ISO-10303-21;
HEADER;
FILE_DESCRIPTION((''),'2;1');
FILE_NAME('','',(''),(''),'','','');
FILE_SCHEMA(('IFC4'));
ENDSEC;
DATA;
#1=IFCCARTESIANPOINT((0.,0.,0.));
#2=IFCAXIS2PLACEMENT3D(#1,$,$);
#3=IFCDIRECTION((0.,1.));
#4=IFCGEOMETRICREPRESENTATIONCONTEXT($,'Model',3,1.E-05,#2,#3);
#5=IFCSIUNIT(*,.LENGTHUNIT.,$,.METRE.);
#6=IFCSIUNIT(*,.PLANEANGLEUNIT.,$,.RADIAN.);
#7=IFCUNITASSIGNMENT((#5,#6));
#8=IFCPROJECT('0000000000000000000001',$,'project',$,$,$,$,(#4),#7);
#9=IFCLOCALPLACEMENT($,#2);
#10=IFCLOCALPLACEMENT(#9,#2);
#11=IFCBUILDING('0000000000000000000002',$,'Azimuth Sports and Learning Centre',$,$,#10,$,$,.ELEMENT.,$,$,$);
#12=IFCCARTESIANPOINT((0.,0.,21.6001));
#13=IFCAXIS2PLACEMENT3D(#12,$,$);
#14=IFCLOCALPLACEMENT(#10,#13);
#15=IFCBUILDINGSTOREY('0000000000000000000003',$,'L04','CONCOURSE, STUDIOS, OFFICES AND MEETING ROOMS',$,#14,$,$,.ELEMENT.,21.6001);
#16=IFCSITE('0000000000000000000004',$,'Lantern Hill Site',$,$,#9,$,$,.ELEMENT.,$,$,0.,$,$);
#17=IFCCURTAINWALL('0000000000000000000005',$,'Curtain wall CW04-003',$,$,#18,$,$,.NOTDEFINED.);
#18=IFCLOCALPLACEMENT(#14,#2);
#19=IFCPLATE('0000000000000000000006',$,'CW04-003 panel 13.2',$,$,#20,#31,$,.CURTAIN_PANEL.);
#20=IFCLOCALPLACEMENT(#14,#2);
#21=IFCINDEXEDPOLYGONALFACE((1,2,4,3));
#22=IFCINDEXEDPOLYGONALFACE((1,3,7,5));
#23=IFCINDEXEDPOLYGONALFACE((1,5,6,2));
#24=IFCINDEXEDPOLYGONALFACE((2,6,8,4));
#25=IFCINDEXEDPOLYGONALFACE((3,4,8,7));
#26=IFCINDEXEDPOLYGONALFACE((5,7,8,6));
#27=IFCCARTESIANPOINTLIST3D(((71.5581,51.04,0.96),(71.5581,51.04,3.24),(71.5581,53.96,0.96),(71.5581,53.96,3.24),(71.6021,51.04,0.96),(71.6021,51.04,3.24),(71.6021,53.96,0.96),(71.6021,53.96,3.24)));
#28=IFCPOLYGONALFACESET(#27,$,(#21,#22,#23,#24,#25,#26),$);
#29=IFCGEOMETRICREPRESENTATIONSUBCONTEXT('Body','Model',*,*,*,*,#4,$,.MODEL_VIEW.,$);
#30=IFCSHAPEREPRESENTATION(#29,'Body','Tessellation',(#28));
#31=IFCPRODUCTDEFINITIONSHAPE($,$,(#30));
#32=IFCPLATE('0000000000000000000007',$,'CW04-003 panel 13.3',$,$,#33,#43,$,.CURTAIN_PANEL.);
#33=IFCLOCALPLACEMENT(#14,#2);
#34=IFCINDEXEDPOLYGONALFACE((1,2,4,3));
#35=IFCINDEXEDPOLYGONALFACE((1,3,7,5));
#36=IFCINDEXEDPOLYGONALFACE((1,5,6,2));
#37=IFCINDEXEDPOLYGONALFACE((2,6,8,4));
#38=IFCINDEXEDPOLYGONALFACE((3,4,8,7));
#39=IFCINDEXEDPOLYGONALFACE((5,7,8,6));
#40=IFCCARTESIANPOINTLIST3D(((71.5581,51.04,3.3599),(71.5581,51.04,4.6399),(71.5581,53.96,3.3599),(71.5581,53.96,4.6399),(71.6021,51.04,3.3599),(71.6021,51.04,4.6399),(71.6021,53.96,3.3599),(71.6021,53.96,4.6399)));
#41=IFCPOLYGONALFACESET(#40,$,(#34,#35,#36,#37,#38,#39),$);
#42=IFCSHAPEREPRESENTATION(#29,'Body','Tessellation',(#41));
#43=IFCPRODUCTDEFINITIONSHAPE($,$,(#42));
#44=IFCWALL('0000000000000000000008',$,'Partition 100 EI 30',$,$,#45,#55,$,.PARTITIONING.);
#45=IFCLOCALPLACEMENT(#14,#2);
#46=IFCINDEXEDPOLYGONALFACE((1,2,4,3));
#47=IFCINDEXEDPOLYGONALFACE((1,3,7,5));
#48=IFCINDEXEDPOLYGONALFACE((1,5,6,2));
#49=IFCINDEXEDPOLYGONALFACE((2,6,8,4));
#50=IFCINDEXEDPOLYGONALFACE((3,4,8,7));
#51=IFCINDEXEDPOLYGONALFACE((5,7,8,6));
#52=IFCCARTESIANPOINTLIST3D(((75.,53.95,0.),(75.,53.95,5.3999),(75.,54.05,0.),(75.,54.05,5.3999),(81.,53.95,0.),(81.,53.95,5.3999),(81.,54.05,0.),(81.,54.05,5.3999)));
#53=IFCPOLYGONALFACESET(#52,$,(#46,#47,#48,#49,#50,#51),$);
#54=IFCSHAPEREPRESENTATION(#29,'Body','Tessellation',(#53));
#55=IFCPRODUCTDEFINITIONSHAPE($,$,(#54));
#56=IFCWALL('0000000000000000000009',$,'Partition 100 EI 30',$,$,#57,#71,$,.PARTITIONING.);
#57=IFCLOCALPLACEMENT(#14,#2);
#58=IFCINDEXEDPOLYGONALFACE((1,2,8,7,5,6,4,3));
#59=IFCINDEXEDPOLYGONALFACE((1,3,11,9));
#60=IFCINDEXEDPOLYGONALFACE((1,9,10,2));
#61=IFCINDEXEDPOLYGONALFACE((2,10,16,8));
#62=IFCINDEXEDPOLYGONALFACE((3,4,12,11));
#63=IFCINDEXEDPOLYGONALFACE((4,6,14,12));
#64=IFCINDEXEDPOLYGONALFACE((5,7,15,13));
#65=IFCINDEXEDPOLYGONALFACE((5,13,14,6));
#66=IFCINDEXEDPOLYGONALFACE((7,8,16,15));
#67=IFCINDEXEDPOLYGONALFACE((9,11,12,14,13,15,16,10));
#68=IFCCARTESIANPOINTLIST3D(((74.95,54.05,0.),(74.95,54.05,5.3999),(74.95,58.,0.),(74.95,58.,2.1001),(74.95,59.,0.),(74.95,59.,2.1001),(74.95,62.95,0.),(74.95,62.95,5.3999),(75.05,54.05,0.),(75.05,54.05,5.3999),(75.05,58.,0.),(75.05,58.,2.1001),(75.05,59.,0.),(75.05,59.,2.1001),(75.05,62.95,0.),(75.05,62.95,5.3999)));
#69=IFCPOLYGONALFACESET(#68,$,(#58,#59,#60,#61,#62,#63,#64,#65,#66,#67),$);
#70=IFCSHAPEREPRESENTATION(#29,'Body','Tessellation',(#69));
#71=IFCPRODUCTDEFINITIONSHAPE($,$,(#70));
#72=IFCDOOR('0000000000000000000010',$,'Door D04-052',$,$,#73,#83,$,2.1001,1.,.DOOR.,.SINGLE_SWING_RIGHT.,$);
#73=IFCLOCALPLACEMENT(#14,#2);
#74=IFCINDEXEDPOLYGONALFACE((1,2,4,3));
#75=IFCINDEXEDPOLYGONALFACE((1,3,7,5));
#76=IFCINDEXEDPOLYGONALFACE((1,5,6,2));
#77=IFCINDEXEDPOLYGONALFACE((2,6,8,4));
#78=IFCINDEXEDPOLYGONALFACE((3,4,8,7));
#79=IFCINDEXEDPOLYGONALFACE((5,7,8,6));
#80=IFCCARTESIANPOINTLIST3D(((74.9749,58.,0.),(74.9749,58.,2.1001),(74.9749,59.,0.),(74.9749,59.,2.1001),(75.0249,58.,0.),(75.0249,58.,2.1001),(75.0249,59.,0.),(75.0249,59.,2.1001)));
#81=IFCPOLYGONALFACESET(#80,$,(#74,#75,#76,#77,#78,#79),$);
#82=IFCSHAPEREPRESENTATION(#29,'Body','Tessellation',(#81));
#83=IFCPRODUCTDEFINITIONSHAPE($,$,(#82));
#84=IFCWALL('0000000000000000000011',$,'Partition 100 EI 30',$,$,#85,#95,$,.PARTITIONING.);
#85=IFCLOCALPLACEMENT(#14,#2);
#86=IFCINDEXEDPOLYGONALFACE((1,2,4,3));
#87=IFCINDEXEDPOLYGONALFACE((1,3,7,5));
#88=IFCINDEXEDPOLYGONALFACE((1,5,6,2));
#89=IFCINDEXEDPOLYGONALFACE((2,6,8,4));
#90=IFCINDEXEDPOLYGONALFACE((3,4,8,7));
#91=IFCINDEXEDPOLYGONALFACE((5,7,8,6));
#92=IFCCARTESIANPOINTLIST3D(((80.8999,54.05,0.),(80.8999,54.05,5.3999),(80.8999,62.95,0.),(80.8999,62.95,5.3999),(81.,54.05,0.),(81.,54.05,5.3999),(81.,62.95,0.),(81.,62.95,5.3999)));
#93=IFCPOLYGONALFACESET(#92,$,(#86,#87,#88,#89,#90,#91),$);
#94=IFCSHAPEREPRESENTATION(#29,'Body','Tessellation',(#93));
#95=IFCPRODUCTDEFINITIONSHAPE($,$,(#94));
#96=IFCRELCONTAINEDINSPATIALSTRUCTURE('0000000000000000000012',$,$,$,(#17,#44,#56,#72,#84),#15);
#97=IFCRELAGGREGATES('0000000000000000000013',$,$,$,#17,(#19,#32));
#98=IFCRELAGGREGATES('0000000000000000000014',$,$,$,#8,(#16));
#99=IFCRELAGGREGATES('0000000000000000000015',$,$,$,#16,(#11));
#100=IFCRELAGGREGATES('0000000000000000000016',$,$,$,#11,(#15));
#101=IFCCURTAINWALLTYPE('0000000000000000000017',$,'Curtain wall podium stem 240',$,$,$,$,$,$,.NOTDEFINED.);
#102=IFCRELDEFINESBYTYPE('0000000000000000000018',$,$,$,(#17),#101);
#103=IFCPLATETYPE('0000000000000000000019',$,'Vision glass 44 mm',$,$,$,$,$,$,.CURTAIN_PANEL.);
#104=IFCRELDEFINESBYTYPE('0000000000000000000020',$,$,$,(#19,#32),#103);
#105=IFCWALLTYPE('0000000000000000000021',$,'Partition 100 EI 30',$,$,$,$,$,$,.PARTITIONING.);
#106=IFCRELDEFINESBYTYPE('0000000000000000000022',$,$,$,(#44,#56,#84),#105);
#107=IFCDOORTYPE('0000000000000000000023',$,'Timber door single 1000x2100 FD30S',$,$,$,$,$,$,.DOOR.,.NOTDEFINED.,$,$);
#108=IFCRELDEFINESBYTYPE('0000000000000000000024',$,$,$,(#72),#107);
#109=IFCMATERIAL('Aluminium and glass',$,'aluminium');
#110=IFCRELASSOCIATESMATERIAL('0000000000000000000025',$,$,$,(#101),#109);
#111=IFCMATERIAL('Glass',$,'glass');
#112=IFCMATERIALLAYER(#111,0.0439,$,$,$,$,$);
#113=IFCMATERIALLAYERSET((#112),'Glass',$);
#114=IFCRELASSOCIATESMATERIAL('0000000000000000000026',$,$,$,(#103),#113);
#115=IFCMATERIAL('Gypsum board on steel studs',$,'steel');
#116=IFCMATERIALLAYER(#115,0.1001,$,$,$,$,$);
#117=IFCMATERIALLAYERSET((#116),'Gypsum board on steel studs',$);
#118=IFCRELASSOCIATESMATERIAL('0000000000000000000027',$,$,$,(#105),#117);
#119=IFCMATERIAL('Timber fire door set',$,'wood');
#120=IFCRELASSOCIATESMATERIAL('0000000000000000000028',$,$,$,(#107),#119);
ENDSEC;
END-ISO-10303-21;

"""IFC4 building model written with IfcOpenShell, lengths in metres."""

from ifc_helpers import new_model, si_unit, direction, frame, frame_2d, origin, origin_2d, place, context, subcontext, project, spatial, rectangle, extrude, material, layer, layer_set, type_object, element, fill, aggregate, save


model = new_model("IFC4")

# Units and contexts
model_context = context("Model", 3, precision=1e-05, world=origin(), true_north=direction((0.0, 1.0)))
body_context = subcontext(model_context, "Body", "Model", "MODEL_VIEW")
ifc_project = project(units=[si_unit("LENGTHUNIT", "METRE"), si_unit("PLANEANGLEUNIT", "RADIAN")], contexts=[model_context])

# Site, building, storey
site_placement = place(None, origin())
site = spatial("IfcSite", under=ifc_project, at=site_placement, Name="Lantern Hill Site", CompositionType="ELEMENT", RefElevation=0.0)
building_placement = place(site_placement, origin())
building = spatial("IfcBuilding", under=site, at=building_placement, Name="Azimuth Sports and Learning Centre", CompositionType="ELEMENT")
storey_placement = place(building_placement, frame((0.0, 0.0, 21.6001)))
storey = spatial("IfcBuildingStorey", under=building, at=storey_placement, Name="L04", Description="CONCOURSE, STUDIOS, OFFICES AND MEETING ROOMS", CompositionType="ELEMENT", Elevation=21.6001)

# Curtain wall, plates
ifc_material_1 = material(Name="Aluminium and glass", Category="aluminium")
curtain_wall_type = type_object("IfcCurtainWallType", Name="Curtain wall podium stem 240", PredefinedType="NOTDEFINED", material=ifc_material_1)
curtain_wall_placement = place(storey_placement, origin())
curtain_wall = element("IfcCurtainWall", 1, at=curtain_wall_placement, inside=storey, type_object=curtain_wall_type, Name="Curtain wall CW04-003", PredefinedType="NOTDEFINED")
ifc_material_2 = material(Name="Glass", Category="glass")
ifc_layer_1 = layer(ifc_material_2, 0.0439)
ifc_layer_set_1 = layer_set([ifc_layer_1], Name="Glass")
plate_type_1 = type_object("IfcPlateType", Name="Vision glass 44 mm", PredefinedType="CURTAIN_PANEL", material=ifc_layer_set_1)
plate_1_placement = place(storey_placement, frame((71.5801, 52.5, 0.96), z_axis=(0.0, 0.0, 1.0), x_axis=(0.0, -1.0, 0.0)))
plate_1 = element("IfcPlate", 2, at=plate_1_placement, type_object=plate_type_1, Name="CW04-003 panel 13.2", PredefinedType="CURTAIN_PANEL", context=body_context, shape_type="SweptSolid", body=[
    extrude(rectangle(XDim=2.9199, YDim=0.0439, at=origin_2d()), origin(), (0.0, 0.0, 1.0), 2.28),
])
plate_2_placement = place(storey_placement, frame((71.5801, 52.5, 3.3599), z_axis=(0.0, 0.0, 1.0), x_axis=(0.0, -1.0, 0.0)))
plate_2 = element("IfcPlate", 3, at=plate_2_placement, type_object=plate_type_1, Name="CW04-003 panel 13.3", PredefinedType="CURTAIN_PANEL", context=body_context, shape_type="SweptSolid", body=[
    extrude(rectangle(XDim=2.9199, YDim=0.0439, at=origin_2d()), origin(), (0.0, 0.0, 1.0), 1.28),
])
aggregate(curtain_wall, [plate_1, plate_2])

# Wall
ifc_material_3 = material(Name="Gypsum board on steel studs", Category="steel")
ifc_layer_2 = layer(ifc_material_3, 0.1001)
ifc_layer_set_2 = layer_set([ifc_layer_2], Name="Gypsum board on steel studs")
wall_type = type_object("IfcWallType", Name="Partition 100 EI 30", PredefinedType="PARTITIONING", material=ifc_layer_set_2)
wall_1_placement = place(storey_placement, frame((75.0, 54.0, 0.0), z_axis=(0.0, 0.0, 1.0), x_axis=(1.0, 0.0, 0.0)))
element("IfcWall", 4, at=wall_1_placement, inside=storey, type_object=wall_type, Name="Partition 100 EI 30", PredefinedType="PARTITIONING", context=body_context, shape_type="SweptSolid", body=[
    extrude(rectangle(XDim=6.0, YDim=0.1001, at=frame_2d((3.0, 0.0))), origin(), (0.0, 0.0, 1.0), 5.3999),
])

# Wall, opening, door
wall_2_placement = place(storey_placement, frame((75.0, 54.05, 0.0), z_axis=(0.0, 0.0, 1.0), x_axis=(0.0, 1.0, 0.0)))
wall_2 = element("IfcWall", 5, at=wall_2_placement, inside=storey, type_object=wall_type, Name="Partition 100 EI 30", PredefinedType="PARTITIONING", context=body_context, shape_type="SweptSolid", body=[
    extrude(rectangle(XDim=8.8999, YDim=0.1001, at=frame_2d((4.45, 0.0))), origin(), (0.0, 0.0, 1.0), 5.3999),
])
opening_placement = place(wall_2_placement, frame((3.95, 0.0, 0.0)))
opening = element("IfcOpeningElement", 6, at=opening_placement, cuts=wall_2, PredefinedType="OPENING", context=body_context, shape_type="SweptSolid", body=[
    extrude(rectangle(XDim=1.0, YDim=2.1001, at=frame_2d((0.5, 1.05))), frame((0.0, 0.061, 0.0), z_axis=(0.0, -1.0, 0.0), x_axis=(1.0, 0.0, 0.0)), (0.0, 0.0, 1.0), 0.1221),
])
ifc_material_4 = material(Name="Timber fire door set", Category="wood")
door_type = type_object("IfcDoorType", Name="Timber door single 1000x2100 FD30S", OperationType="NOTDEFINED", PredefinedType="DOOR", material=ifc_material_4)
door_placement = place(opening_placement, frame((1.0, 0.0, 0.0), z_axis=(0.0, 0.0, 1.0), x_axis=(-1.0, 0.0, 0.0)))
door = element("IfcDoor", 7, at=door_placement, inside=storey, type_object=door_type, Name="Door D04-052", OperationType="SINGLE_SWING_RIGHT", OverallHeight=2.1001, OverallWidth=1.0, PredefinedType="DOOR", context=body_context, shape_type="SweptSolid", body=[
    extrude(rectangle(XDim=1.0, YDim=2.1001, at=frame_2d((0.5, 1.05))), frame((0.0, 0.0249, 0.0), z_axis=(0.0, -1.0, 0.0), x_axis=(1.0, 0.0, 0.0)), (0.0, 0.0, 1.0), 0.05),
])
fill(opening, door)

# Wall
wall_3_placement = place(storey_placement, frame((80.95, 54.05, 0.0), z_axis=(0.0, 0.0, 1.0), x_axis=(0.0, 1.0, 0.0)))
element("IfcWall", 8, at=wall_3_placement, inside=storey, type_object=wall_type, Name="Partition 100 EI 30", PredefinedType="PARTITIONING", context=body_context, shape_type="SweptSolid", body=[
    extrude(rectangle(XDim=8.8999, YDim=0.1001, at=frame_2d((4.45, 0.0))), origin(), (0.0, 0.0, 1.0), 5.3999),
])

save(model, "model.ifc")
